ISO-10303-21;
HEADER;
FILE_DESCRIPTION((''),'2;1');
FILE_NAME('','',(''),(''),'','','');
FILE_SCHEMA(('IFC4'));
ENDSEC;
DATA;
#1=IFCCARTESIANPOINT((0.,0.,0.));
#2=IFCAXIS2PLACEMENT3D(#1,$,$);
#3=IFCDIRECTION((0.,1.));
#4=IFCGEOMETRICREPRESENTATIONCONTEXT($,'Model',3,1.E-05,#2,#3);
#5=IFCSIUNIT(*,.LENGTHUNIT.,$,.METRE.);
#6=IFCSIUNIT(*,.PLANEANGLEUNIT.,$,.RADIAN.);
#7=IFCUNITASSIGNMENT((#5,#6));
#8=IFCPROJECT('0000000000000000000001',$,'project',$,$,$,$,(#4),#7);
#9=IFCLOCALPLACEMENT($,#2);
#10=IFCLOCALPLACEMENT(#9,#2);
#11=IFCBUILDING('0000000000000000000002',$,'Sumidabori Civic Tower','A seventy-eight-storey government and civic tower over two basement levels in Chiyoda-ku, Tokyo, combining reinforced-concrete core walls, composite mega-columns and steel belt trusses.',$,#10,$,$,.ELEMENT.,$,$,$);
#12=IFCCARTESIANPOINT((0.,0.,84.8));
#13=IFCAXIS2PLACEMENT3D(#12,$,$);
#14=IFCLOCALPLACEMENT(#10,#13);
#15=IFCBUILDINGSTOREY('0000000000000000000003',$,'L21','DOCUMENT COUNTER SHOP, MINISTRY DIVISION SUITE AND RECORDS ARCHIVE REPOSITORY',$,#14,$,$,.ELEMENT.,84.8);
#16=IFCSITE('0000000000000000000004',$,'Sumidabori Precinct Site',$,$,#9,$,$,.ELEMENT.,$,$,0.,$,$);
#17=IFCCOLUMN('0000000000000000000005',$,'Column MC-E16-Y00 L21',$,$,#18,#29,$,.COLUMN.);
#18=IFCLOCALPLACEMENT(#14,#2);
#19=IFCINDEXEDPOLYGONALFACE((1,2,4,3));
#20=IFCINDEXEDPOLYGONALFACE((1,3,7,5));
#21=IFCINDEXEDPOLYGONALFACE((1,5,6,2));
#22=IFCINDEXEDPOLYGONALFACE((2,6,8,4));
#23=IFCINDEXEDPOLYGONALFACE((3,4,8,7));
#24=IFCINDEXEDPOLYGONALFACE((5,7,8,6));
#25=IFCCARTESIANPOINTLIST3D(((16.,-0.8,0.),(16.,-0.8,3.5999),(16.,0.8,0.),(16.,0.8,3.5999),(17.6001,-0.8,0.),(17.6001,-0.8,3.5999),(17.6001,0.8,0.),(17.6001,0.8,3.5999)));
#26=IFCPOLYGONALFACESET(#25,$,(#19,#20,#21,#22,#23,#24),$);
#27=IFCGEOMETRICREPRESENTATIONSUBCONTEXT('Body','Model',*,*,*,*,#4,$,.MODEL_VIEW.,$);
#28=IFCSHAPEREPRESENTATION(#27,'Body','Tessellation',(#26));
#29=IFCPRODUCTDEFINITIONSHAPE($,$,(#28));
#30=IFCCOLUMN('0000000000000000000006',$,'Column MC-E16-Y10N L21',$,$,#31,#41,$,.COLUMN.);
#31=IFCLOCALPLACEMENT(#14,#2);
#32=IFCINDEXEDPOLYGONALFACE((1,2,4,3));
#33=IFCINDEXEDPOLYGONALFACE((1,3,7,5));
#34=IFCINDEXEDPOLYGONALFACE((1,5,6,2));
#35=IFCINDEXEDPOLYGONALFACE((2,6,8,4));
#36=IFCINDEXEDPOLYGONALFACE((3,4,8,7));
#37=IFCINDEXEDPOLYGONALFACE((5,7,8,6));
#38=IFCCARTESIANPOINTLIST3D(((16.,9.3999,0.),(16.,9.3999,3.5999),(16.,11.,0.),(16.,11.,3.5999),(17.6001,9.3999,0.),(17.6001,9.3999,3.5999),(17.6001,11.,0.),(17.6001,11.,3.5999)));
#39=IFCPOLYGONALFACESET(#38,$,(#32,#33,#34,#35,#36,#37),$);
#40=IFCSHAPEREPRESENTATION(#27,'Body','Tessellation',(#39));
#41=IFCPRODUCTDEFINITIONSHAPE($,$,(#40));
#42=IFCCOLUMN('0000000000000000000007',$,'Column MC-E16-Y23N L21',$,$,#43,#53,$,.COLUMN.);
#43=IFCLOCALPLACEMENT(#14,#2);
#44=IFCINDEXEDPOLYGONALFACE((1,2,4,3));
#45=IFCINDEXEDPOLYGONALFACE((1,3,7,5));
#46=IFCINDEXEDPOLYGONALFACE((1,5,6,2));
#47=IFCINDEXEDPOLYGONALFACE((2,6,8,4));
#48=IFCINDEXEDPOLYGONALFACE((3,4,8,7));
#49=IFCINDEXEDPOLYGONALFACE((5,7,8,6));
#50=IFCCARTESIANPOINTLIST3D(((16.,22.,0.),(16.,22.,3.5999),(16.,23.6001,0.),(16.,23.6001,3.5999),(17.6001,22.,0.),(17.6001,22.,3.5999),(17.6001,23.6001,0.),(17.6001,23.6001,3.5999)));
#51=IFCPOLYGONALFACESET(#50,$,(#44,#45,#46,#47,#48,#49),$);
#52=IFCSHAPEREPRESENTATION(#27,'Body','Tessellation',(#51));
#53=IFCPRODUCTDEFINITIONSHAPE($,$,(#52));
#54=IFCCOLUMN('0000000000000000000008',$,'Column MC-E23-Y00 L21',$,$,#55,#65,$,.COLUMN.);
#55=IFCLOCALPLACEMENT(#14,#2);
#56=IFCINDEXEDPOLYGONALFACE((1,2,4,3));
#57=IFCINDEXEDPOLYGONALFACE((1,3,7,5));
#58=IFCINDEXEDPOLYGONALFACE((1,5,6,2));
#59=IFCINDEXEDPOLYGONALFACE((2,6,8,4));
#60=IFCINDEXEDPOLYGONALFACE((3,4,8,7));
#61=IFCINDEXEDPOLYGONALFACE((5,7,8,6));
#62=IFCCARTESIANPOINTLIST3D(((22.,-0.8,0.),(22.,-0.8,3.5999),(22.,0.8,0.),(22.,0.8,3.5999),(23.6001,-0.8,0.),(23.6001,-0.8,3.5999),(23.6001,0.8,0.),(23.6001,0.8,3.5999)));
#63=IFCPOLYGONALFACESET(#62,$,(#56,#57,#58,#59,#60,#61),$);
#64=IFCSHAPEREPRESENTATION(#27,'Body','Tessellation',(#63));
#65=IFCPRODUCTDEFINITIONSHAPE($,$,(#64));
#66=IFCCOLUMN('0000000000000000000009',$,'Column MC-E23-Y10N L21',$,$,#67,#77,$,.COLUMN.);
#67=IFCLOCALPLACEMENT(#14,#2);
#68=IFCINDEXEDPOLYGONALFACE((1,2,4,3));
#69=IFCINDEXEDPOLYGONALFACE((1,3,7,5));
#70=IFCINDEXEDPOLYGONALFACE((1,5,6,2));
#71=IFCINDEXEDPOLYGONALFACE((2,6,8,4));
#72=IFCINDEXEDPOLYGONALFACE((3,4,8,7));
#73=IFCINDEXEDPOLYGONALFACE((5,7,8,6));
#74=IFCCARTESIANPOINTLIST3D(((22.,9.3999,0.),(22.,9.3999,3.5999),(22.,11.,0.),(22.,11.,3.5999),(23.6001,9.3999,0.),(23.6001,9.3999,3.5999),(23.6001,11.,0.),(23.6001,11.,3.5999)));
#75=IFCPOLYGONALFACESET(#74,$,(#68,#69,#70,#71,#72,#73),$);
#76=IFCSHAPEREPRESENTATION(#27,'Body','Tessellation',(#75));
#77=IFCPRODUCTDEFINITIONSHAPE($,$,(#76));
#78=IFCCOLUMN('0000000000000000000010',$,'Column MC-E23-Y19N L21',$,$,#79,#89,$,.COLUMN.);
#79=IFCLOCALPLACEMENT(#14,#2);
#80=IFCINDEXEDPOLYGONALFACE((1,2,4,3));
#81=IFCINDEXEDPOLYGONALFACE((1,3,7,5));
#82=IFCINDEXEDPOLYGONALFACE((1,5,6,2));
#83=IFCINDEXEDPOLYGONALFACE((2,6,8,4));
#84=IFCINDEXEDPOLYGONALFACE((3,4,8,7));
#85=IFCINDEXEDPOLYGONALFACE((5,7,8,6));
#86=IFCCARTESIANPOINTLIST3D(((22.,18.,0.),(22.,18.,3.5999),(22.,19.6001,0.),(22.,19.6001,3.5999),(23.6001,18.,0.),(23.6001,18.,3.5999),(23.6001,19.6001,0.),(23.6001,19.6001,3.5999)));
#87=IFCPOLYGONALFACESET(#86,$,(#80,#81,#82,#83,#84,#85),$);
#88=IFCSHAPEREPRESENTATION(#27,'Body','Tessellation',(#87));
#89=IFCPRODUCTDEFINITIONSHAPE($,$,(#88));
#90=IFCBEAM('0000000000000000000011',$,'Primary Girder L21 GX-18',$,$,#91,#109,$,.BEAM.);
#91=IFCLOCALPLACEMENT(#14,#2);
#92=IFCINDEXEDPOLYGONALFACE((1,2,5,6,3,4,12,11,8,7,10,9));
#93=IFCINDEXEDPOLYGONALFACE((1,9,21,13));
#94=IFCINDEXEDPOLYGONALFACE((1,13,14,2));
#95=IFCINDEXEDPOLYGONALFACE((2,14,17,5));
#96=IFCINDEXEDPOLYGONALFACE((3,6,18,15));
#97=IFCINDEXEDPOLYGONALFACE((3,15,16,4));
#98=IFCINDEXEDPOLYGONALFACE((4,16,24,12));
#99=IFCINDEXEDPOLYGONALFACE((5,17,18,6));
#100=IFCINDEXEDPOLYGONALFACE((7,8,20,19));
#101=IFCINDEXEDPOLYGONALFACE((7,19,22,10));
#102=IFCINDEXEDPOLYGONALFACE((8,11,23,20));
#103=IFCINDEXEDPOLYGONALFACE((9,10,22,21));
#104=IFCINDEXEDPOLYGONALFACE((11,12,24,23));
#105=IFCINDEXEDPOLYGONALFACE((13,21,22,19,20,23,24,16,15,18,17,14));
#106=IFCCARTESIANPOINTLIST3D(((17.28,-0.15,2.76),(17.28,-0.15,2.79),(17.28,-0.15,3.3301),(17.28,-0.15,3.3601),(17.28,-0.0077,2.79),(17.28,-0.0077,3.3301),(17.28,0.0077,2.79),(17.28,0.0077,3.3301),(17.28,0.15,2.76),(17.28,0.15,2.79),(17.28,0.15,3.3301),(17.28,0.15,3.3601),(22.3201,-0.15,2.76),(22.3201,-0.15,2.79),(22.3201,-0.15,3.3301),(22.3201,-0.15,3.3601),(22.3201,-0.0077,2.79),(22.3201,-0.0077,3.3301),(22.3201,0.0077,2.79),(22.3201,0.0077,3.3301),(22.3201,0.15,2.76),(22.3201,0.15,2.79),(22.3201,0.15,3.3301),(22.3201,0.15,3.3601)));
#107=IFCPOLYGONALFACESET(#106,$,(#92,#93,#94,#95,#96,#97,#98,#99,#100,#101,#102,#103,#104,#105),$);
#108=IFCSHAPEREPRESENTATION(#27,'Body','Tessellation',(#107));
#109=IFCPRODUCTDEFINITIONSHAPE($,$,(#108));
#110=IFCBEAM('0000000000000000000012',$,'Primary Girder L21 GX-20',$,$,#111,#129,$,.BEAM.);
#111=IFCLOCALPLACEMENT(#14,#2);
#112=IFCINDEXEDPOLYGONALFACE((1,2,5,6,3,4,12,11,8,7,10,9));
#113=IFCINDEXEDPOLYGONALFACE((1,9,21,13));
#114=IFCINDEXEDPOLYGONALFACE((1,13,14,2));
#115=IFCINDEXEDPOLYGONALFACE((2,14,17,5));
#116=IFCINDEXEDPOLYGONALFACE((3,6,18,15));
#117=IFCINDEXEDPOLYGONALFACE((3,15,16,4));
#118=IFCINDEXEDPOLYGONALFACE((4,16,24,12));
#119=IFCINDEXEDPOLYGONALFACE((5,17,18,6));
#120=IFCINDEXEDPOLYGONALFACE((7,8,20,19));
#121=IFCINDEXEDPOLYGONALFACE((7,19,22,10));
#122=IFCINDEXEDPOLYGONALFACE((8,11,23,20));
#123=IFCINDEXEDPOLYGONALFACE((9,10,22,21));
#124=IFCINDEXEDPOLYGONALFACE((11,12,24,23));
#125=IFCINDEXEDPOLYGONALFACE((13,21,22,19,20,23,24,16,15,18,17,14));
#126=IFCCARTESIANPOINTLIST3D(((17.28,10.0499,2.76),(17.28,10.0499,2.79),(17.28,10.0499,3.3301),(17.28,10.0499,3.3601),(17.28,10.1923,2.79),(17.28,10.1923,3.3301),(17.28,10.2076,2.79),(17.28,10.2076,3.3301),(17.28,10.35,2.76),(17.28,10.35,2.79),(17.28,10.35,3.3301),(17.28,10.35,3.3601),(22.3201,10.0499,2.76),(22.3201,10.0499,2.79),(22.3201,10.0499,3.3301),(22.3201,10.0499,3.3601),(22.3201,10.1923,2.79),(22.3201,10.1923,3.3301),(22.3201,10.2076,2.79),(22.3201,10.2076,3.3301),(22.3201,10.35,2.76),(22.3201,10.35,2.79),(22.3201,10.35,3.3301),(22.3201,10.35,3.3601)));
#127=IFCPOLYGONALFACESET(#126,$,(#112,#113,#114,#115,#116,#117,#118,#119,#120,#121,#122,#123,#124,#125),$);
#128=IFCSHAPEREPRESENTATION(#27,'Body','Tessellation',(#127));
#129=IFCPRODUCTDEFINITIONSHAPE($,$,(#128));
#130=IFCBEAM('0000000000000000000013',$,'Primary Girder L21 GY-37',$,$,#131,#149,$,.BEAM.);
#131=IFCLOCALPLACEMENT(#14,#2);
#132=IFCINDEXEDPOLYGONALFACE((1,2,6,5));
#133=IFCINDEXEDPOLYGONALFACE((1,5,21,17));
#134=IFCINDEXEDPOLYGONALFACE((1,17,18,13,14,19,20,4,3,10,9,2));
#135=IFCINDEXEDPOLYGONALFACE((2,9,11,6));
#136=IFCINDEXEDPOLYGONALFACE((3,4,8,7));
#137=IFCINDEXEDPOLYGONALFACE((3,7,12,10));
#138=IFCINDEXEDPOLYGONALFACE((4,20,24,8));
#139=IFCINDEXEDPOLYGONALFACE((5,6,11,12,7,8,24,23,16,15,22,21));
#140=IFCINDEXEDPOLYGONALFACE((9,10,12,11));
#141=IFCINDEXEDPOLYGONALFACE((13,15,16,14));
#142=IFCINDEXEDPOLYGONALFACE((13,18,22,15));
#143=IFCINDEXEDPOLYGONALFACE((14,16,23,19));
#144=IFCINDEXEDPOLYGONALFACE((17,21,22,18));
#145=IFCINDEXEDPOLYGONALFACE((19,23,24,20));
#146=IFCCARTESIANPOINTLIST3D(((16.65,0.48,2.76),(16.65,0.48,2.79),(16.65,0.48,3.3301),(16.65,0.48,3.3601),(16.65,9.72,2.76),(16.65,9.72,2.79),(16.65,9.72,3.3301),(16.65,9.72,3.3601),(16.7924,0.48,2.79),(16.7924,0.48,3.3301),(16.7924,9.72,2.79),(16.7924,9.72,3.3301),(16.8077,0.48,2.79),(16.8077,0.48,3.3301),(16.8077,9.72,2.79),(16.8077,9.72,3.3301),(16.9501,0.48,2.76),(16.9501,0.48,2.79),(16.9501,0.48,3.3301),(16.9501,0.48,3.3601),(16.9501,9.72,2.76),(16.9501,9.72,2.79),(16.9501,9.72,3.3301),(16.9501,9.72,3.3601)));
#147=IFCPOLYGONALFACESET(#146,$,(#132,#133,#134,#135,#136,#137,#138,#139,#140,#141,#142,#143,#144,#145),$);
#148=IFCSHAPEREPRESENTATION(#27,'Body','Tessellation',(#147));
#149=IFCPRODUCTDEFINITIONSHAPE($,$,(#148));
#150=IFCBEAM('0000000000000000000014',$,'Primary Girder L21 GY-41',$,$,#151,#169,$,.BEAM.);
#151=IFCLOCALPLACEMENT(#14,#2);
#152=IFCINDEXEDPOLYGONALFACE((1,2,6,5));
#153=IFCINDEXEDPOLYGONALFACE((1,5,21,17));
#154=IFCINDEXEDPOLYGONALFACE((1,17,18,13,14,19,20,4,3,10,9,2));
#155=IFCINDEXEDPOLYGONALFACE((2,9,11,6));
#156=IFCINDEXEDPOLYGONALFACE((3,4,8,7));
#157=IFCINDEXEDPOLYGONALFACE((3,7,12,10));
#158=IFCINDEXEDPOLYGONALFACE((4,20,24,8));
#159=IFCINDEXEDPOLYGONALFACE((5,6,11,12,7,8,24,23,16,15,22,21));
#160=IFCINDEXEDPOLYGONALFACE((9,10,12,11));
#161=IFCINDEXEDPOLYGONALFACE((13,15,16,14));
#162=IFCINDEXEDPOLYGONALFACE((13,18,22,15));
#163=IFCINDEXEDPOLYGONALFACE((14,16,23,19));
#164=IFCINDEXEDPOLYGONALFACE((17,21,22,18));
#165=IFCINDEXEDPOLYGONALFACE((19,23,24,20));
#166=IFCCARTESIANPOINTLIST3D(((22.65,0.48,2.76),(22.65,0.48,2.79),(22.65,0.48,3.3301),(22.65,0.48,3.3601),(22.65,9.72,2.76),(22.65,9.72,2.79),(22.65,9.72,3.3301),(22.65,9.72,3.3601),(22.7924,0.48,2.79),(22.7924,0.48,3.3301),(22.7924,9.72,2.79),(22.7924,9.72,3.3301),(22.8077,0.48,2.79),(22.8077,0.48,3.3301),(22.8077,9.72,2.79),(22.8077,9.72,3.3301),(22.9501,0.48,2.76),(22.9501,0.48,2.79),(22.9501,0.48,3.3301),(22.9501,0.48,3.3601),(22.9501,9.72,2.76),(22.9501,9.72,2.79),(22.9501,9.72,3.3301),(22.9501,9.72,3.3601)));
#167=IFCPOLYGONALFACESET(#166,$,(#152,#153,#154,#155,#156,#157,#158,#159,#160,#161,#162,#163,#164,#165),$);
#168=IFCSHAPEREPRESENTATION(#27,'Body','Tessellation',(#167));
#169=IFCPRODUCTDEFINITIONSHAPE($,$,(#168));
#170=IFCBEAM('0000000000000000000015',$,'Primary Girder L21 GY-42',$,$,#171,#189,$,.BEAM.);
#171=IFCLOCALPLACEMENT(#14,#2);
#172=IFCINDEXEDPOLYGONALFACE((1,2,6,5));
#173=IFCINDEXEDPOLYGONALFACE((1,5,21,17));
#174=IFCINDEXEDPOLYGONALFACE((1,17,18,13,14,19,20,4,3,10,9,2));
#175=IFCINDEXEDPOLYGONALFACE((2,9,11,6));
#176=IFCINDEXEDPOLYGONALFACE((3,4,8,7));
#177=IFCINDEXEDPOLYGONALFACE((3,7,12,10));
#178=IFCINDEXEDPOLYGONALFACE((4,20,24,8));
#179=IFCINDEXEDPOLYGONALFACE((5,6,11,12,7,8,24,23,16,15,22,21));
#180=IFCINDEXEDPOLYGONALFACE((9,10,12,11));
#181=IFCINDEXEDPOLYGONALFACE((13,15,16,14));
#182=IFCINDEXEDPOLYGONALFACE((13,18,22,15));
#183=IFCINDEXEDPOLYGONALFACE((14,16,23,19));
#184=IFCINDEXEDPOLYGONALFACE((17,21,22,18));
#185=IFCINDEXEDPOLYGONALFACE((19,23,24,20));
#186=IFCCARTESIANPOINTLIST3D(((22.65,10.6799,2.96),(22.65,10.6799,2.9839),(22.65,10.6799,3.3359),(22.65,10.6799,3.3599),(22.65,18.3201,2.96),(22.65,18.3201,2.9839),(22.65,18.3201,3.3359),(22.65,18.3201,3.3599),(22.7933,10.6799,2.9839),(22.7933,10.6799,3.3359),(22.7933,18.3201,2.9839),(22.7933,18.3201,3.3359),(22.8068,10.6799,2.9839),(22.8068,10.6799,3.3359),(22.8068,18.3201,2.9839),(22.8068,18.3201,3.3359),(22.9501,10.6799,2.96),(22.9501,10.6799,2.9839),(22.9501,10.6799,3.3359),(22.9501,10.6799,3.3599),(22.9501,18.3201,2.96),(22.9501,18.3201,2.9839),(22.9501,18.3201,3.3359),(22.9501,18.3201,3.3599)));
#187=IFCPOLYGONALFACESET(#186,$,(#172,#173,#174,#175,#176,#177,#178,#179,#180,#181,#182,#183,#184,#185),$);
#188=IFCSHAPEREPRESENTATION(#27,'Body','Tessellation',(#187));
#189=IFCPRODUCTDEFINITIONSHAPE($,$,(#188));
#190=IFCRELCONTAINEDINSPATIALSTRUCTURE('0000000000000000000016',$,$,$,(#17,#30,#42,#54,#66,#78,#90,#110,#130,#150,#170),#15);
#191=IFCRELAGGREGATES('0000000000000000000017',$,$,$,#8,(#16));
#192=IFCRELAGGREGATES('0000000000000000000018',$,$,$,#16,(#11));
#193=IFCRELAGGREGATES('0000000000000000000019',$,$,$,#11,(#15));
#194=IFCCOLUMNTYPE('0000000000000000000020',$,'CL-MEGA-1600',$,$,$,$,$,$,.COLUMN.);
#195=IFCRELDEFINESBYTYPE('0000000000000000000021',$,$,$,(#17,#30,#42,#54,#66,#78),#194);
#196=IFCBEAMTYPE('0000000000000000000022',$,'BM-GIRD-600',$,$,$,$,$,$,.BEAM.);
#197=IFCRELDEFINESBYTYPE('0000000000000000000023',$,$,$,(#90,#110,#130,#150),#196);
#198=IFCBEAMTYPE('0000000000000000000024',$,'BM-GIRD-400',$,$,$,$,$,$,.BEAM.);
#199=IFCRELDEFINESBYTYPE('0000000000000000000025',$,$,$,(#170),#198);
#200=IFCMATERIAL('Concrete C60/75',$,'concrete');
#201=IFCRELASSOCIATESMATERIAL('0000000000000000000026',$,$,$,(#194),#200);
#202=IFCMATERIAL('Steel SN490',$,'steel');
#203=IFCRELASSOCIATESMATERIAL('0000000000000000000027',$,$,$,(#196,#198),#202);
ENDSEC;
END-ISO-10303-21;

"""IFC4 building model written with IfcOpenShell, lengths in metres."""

from ifc_helpers import new_model, si_unit, direction, frame, origin, origin_2d, place, context, subcontext, project, spatial, rectangle, i_section, extrude, source, transform, mapped, material, material_profile, profile_set, type_object, element, save


model = new_model("IFC4")

# Units and contexts
model_context = context("Model", 3, precision=1e-05, world=origin(), true_north=direction((0.0, 1.0)))
body_context = subcontext(model_context, "Body", "Model", "MODEL_VIEW")
ifc_project = project(units=[si_unit("LENGTHUNIT", "METRE"), si_unit("PLANEANGLEUNIT", "RADIAN")], contexts=[model_context])

# Site, building, storey
site_placement = place(None, origin())
site = spatial("IfcSite", under=ifc_project, at=site_placement, Name="Sumidabori Precinct Site", CompositionType="ELEMENT", RefElevation=0.0)
building_placement = place(site_placement, origin())
building = spatial("IfcBuilding", under=site, at=building_placement, Name="Sumidabori Civic Tower", Description="A seventy-eight-storey government and civic tower over two basement levels in Chiyoda-ku, Tokyo, combining reinforced-concrete core walls, composite mega-columns and steel belt trusses.", CompositionType="ELEMENT")
storey_placement = place(building_placement, frame((0.0, 0.0, 84.8)))
storey = spatial("IfcBuildingStorey", under=building, at=storey_placement, Name="L21", Description="DOCUMENT COUNTER SHOP, MINISTRY DIVISION SUITE AND RECORDS ARCHIVE REPOSITORY", CompositionType="ELEMENT", Elevation=84.8)

# Columns
ifc_material_1 = material(Name="Concrete C60/75", Category="concrete")
ifc_material_profile_1 = material_profile(ifc_material_1, rectangle(XDim=1.6001, YDim=1.6001, at=origin_2d()), Name="RC 1600x1600")
ifc_profile_set_1 = profile_set([ifc_material_profile_1], Name="Concrete C60/75")
column_type = type_object("IfcColumnType", Name="CL-MEGA-1600", PredefinedType="COLUMN", material=ifc_profile_set_1)
shared_shape_1 = source(origin(), body_context, "Body", "SweptSolid", [
    extrude(rectangle(XDim=1.6001, YDim=1.6001, at=origin_2d()), origin(), (0.0, 0.0, 1.0), 3.5999),
])
for number, where, z_axis, x_axis, name in (
    (1, (16.8, 0.0, 0.0), (0.0, 0.0, 1.0), (1.0, 0.0, 0.0), "Column MC-E16-Y00 L21"),
    (2, (16.8, 10.2, 0.0), (0.0, 0.0, 1.0), (1.0, 0.0, 0.0), "Column MC-E16-Y10N L21"),
    (3, (16.8, 22.8, 0.0), (0.0, 0.0, 1.0), (1.0, 0.0, 0.0), "Column MC-E16-Y23N L21"),
    (4, (22.8, 0.0, 0.0), (0.0, 0.0, 1.0), (1.0, 0.0, 0.0), "Column MC-E23-Y00 L21"),
    (5, (22.8, 10.2, 0.0), (0.0, 0.0, 1.0), (1.0, 0.0, 0.0), "Column MC-E23-Y10N L21"),
    (6, (22.8, 18.8, 0.0), (0.0, 0.0, 1.0), (1.0, 0.0, 0.0), "Column MC-E23-Y19N L21"),
):
    element("IfcColumn", number, at=place(storey_placement, frame(where, z_axis=z_axis, x_axis=x_axis)), inside=storey, type_object=column_type, Name=name, PredefinedType="COLUMN", context=body_context, shape_type="MappedRepresentation", body=[
        mapped(shared_shape_1, transform((0.0, 0.0, 0.0), x_axis=(1.0, 0.0, 0.0), y_axis=(0.0, 1.0, 0.0), z_axis=(0.0, 0.0, 1.0), scale=1.0)),
    ])

# Beams
ifc_material_2 = material(Name="Steel SN490", Category="steel")
ifc_material_profile_2 = material_profile(ifc_material_2, i_section(OverallWidth=0.3, OverallDepth=0.6001, WebThickness=0.0154, FlangeThickness=0.03, at=origin_2d()), Name="HE 600 B")
ifc_profile_set_2 = profile_set([ifc_material_profile_2], Name="Steel SN490")
beam_type_1 = type_object("IfcBeamType", Name="BM-GIRD-600", PredefinedType="BEAM", material=ifc_profile_set_2)
shared_shape_2 = source(origin(), body_context, "Body", "SweptSolid", [
    extrude(i_section(OverallWidth=0.3, OverallDepth=0.6001, WebThickness=0.0154, FlangeThickness=0.03, at=origin_2d()), origin(), (0.0, 0.0, 1.0), 5.04),
])
for number, where, z_axis, x_axis, name in (
    (7, (17.28, 0.0, 3.0601), (1.0, 0.0, 0.0), (0.0, 1.0, 0.0), "Primary Girder L21 GX-18"),
    (8, (17.28, 10.2, 3.0601), (1.0, 0.0, 0.0), (0.0, 1.0, 0.0), "Primary Girder L21 GX-20"),
):
    element("IfcBeam", number, at=place(storey_placement, frame(where, z_axis=z_axis, x_axis=x_axis)), inside=storey, type_object=beam_type_1, Name=name, PredefinedType="BEAM", context=body_context, shape_type="MappedRepresentation", body=[
        mapped(shared_shape_2, transform((0.0, 0.0, 0.0), x_axis=(1.0, 0.0, 0.0), y_axis=(0.0, 1.0, 0.0), z_axis=(0.0, 0.0, 1.0), scale=1.0)),
    ])
shared_shape_3 = source(origin(), body_context, "Body", "SweptSolid", [
    extrude(i_section(OverallWidth=0.3, OverallDepth=0.6001, WebThickness=0.0154, FlangeThickness=0.03, at=origin_2d()), origin(), (0.0, 0.0, 1.0), 9.24),
])
for number, where, z_axis, x_axis, name in (
    (9, (16.8, 0.48, 3.0601), (0.0, 1.0, 0.0), (-1.0, 0.0, 0.0), "Primary Girder L21 GY-37"),
    (10, (22.8, 0.48, 3.0601), (0.0, 1.0, 0.0), (-1.0, 0.0, 0.0), "Primary Girder L21 GY-41"),
):
    element("IfcBeam", number, at=place(storey_placement, frame(where, z_axis=z_axis, x_axis=x_axis)), inside=storey, type_object=beam_type_1, Name=name, PredefinedType="BEAM", context=body_context, shape_type="MappedRepresentation", body=[
        mapped(shared_shape_3, transform((0.0, 0.0, 0.0), x_axis=(1.0, 0.0, 0.0), y_axis=(0.0, 1.0, 0.0), z_axis=(0.0, 0.0, 1.0), scale=1.0)),
    ])
ifc_material_profile_3 = material_profile(ifc_material_2, i_section(OverallWidth=0.3, OverallDepth=0.3999, WebThickness=0.0134, FlangeThickness=0.0239, at=origin_2d()), Name="HE 400 B")
ifc_profile_set_3 = profile_set([ifc_material_profile_3], Name="Steel SN490")
beam_type_2 = type_object("IfcBeamType", Name="BM-GIRD-400", PredefinedType="BEAM", material=ifc_profile_set_3)
shared_shape_4 = source(origin(), body_context, "Body", "SweptSolid", [
    extrude(i_section(OverallWidth=0.3, OverallDepth=0.3999, WebThickness=0.0134, FlangeThickness=0.0239, at=origin_2d()), origin(), (0.0, 0.0, 1.0), 7.6401),
])
beam_1_placement = place(storey_placement, frame((22.8, 10.6799, 3.1599), z_axis=(0.0, 1.0, 0.0), x_axis=(-1.0, 0.0, 0.0)))
element("IfcBeam", 11, at=beam_1_placement, inside=storey, type_object=beam_type_2, Name="Primary Girder L21 GY-42", PredefinedType="BEAM", context=body_context, shape_type="MappedRepresentation", body=[
    mapped(shared_shape_4, transform((0.0, 0.0, 0.0), x_axis=(1.0, 0.0, 0.0), y_axis=(0.0, 1.0, 0.0), z_axis=(0.0, 0.0, 1.0), scale=1.0)),
])

save(model, "model.ifc")
